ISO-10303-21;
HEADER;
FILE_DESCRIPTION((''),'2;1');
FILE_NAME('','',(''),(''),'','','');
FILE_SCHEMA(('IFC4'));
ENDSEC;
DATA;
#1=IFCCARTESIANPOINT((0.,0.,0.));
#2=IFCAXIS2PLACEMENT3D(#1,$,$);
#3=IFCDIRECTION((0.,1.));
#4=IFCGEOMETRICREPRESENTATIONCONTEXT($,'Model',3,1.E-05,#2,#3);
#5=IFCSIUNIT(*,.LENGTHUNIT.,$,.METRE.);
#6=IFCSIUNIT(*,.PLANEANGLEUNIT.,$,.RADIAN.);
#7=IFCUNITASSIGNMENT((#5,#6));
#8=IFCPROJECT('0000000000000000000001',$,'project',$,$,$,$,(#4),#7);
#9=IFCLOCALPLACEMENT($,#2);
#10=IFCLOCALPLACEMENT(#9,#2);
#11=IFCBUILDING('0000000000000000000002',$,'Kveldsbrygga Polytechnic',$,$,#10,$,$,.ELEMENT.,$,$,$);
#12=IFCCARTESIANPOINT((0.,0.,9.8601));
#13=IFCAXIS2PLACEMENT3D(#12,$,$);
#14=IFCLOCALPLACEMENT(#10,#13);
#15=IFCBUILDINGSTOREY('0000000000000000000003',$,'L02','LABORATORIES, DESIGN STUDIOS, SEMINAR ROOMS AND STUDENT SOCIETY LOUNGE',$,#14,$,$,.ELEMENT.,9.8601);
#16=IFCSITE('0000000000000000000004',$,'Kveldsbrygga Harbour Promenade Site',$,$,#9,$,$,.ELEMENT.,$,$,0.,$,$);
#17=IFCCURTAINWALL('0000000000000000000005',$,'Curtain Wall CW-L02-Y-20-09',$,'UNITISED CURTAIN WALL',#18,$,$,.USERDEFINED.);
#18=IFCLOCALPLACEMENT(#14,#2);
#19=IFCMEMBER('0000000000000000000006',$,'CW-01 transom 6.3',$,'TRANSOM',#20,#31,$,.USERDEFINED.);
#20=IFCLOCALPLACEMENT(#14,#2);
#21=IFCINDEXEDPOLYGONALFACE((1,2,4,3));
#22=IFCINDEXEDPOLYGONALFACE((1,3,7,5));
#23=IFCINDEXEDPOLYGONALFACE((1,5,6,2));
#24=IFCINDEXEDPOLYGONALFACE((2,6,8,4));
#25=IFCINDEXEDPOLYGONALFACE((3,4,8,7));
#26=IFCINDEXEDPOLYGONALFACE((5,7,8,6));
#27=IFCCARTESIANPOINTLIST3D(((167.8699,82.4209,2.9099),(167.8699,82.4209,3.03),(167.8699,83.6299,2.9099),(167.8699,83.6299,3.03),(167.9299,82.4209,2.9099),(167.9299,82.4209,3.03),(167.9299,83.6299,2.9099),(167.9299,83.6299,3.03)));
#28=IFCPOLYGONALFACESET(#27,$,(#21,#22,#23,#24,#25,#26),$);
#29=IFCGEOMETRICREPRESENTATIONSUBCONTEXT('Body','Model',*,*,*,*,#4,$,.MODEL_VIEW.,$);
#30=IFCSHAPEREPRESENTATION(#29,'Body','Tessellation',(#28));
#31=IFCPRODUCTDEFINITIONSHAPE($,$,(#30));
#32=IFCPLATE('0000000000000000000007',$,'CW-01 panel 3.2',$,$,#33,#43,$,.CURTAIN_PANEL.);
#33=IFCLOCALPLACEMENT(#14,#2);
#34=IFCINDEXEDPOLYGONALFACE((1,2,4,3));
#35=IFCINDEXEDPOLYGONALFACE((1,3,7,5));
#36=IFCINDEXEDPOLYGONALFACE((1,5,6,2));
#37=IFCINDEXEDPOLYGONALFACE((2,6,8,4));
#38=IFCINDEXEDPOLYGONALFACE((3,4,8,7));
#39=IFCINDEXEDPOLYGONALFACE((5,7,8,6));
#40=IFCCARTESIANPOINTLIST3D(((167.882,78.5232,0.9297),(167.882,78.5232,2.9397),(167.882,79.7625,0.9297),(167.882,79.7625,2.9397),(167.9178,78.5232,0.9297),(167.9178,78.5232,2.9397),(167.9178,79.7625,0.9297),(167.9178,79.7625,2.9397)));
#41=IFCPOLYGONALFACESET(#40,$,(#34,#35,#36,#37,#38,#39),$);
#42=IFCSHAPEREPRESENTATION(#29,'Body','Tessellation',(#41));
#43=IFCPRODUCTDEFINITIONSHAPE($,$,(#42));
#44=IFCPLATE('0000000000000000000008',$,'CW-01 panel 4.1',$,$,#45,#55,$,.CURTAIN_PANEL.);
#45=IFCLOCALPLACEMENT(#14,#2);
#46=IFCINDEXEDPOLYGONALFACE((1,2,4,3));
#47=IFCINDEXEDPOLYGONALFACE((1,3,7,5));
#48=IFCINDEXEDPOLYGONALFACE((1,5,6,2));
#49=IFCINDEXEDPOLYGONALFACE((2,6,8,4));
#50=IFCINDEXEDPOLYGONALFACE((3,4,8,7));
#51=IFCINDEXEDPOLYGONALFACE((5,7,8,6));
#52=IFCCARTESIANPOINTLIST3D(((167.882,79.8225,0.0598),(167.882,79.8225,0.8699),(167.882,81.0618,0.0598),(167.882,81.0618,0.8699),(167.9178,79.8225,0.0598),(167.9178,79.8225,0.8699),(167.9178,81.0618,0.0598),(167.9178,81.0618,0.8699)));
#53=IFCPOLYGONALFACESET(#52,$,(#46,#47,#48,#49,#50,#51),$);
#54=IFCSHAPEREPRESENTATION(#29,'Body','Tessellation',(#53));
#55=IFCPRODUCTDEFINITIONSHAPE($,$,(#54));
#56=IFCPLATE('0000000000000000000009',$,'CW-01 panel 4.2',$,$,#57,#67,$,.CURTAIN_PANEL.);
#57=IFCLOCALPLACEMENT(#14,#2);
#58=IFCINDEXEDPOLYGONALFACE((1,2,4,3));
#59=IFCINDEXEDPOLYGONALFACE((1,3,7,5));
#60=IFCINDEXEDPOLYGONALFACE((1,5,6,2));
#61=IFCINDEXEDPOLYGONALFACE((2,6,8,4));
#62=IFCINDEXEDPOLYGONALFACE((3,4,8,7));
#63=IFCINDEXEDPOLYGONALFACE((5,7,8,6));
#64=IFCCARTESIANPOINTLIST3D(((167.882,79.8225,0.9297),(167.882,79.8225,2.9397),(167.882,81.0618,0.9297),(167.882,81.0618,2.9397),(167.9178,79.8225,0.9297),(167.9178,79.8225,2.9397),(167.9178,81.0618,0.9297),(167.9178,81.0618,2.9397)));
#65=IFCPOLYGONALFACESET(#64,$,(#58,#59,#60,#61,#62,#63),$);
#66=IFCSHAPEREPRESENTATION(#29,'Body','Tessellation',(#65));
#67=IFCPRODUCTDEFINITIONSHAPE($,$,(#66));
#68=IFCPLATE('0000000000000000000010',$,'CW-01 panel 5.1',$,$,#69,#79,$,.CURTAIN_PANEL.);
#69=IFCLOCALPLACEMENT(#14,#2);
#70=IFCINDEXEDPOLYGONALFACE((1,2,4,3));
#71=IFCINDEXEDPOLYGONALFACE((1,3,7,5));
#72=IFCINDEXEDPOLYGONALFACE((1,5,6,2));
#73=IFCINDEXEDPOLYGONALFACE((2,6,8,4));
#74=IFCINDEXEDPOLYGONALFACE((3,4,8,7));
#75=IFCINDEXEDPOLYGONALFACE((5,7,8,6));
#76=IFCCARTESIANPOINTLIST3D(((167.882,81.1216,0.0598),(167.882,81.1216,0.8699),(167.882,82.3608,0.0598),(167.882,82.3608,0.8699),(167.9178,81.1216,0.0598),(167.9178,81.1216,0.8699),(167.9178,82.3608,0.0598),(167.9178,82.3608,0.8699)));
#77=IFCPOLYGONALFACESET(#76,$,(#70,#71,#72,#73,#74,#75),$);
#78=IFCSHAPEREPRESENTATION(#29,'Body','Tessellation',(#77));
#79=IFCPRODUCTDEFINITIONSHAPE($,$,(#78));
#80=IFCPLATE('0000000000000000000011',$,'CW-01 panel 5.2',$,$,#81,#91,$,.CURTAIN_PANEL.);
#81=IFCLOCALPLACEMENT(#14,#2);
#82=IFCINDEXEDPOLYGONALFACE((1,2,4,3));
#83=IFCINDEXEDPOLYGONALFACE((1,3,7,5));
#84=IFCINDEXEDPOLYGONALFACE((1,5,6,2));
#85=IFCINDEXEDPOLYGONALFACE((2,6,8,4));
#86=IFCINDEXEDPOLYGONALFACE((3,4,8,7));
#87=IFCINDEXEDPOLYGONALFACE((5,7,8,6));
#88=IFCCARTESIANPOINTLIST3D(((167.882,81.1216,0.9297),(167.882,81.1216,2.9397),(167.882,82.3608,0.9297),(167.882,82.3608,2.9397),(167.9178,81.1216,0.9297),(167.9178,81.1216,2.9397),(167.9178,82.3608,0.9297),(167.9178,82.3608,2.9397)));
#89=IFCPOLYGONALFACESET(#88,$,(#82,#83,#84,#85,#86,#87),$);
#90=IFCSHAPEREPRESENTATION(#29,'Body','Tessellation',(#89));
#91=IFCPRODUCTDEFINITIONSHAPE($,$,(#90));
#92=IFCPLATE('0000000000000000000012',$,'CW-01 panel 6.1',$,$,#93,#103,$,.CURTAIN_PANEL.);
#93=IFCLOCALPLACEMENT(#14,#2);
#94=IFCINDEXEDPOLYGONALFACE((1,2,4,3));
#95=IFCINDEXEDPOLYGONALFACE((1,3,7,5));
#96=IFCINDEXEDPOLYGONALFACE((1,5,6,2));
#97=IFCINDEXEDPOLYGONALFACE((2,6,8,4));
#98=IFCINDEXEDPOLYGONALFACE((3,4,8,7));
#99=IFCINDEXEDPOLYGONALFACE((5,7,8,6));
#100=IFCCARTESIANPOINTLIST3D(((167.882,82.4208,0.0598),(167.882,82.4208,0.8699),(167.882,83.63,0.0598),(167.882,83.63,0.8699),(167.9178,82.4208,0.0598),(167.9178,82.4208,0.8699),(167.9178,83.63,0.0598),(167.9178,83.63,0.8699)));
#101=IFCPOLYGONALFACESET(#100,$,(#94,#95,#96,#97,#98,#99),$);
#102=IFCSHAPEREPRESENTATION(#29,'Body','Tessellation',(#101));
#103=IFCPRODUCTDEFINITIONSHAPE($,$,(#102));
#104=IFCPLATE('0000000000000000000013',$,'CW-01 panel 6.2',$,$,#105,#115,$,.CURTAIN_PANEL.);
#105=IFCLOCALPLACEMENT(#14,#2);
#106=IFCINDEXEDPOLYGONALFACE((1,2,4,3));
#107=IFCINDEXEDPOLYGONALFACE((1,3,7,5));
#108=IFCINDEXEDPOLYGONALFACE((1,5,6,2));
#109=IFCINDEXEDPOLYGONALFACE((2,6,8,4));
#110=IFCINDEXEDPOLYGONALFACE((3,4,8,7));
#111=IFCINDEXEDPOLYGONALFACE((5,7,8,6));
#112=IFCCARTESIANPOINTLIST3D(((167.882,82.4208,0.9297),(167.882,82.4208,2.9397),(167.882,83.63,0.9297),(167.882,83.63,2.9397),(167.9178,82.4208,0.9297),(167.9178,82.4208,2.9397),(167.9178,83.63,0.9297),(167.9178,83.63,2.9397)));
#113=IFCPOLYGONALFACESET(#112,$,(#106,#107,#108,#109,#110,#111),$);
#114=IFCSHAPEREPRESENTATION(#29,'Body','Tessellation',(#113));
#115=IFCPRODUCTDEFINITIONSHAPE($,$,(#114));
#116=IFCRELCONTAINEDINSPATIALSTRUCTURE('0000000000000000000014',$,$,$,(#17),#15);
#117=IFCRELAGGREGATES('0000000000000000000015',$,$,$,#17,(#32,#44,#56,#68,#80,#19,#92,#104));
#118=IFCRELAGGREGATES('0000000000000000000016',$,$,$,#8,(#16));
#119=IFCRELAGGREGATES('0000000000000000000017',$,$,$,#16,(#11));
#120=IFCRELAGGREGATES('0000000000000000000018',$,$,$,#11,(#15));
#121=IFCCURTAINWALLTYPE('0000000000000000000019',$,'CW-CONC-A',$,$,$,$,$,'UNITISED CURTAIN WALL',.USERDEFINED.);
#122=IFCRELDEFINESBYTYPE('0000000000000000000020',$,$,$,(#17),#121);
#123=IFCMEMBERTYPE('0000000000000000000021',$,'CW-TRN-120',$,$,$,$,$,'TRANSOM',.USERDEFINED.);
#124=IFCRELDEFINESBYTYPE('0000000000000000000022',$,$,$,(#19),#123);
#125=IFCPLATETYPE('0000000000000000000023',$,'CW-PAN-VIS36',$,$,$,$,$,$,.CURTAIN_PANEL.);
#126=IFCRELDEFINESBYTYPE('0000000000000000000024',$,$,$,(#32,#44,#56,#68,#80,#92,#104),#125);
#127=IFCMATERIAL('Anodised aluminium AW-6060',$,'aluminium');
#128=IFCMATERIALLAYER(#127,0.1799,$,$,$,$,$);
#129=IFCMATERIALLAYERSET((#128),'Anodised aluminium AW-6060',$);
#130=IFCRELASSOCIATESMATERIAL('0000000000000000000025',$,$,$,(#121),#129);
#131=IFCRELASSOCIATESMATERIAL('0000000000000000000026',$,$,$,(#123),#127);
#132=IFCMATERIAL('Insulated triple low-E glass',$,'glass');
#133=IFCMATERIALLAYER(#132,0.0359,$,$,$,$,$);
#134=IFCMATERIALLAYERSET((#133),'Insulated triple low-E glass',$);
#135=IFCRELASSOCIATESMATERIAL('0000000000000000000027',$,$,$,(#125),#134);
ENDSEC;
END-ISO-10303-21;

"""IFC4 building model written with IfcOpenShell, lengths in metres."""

from ifc_helpers import new_model, si_unit, direction, frame, origin, origin_2d, place, context, subcontext, project, spatial, rectangle, extrude, material, layer, layer_set, material_profile, profile_set, type_object, element, aggregate, save


model = new_model("IFC4")

# Units and contexts
model_context = context("Model", 3, precision=1e-05, world=origin(), true_north=direction((0.0, 1.0)))
body_context = subcontext(model_context, "Body", "Model", "MODEL_VIEW")
ifc_project = project(units=[si_unit("LENGTHUNIT", "METRE"), si_unit("PLANEANGLEUNIT", "RADIAN")], contexts=[model_context])

# Site, building, storey
site_placement = place(None, origin())
site = spatial("IfcSite", under=ifc_project, at=site_placement, Name="Kveldsbrygga Harbour Promenade Site", CompositionType="ELEMENT", RefElevation=0.0)
building_placement = place(site_placement, origin())
building = spatial("IfcBuilding", under=site, at=building_placement, Name="Kveldsbrygga Polytechnic", CompositionType="ELEMENT")
storey_placement = place(building_placement, frame((0.0, 0.0, 9.8601)))
storey = spatial("IfcBuildingStorey", under=building, at=storey_placement, Name="L02", Description="LABORATORIES, DESIGN STUDIOS, SEMINAR ROOMS AND STUDENT SOCIETY LOUNGE", CompositionType="ELEMENT", Elevation=9.8601)

# Curtain wall, member, plates
ifc_material_1 = material(Name="Anodised aluminium AW-6060", Category="aluminium")
ifc_layer_1 = layer(ifc_material_1, 0.1799)
ifc_layer_set_1 = layer_set([ifc_layer_1], Name="Anodised aluminium AW-6060")
curtain_wall_type = type_object("IfcCurtainWallType", Name="CW-CONC-A", ElementType="UNITISED CURTAIN WALL", PredefinedType="USERDEFINED", material=ifc_layer_set_1)
curtain_wall_placement = place(storey_placement, origin())
curtain_wall = element("IfcCurtainWall", 1, at=curtain_wall_placement, inside=storey, type_object=curtain_wall_type, Name="Curtain Wall CW-L02-Y-20-09", ObjectType="UNITISED CURTAIN WALL", PredefinedType="USERDEFINED")
ifc_material_profile_1 = material_profile(ifc_material_1, rectangle(XDim=0.0601, YDim=0.1201, at=origin_2d()), Name="ALU 60x120")
ifc_profile_set_1 = profile_set([ifc_material_profile_1], Name="Anodised aluminium AW-6060")
member_type_1 = type_object("IfcMemberType", Name="CW-TRN-120", ElementType="TRANSOM", PredefinedType="USERDEFINED", material=ifc_profile_set_1)
member_1_placement = place(storey_placement, frame((167.8999, 82.4209, 2.97), z_axis=(0.0, 1.0, 0.0), x_axis=(-1.0, 0.0, 0.0)))
member_1 = element("IfcMember", 2, at=member_1_placement, type_object=member_type_1, Name="CW-01 transom 6.3", ObjectType="TRANSOM", PredefinedType="USERDEFINED", context=body_context, shape_type="SweptSolid", body=[
    extrude(rectangle(XDim=0.0601, YDim=0.1201, at=origin_2d()), origin(), (0.0, 0.0, 1.0), 1.209),
])
ifc_material_2 = material(Name="Insulated triple low-E glass", Category="glass")
ifc_layer_2 = layer(ifc_material_2, 0.0359)
ifc_layer_set_2 = layer_set([ifc_layer_2], Name="Insulated triple low-E glass")
plate_type = type_object("IfcPlateType", Name="CW-PAN-VIS36", PredefinedType="CURTAIN_PANEL", material=ifc_layer_set_2)
plate_1_placement = place(storey_placement, frame((167.8999, 79.1428, 0.9297), z_axis=(0.0, 0.0, 1.0), x_axis=(0.0, 1.0, 0.0)))
plate_1 = element("IfcPlate", 3, at=plate_1_placement, type_object=plate_type, Name="CW-01 panel 3.2", PredefinedType="CURTAIN_PANEL", context=body_context, shape_type="SweptSolid", body=[
    extrude(rectangle(XDim=1.2393, YDim=0.0359, at=origin_2d()), origin(), (0.0, 0.0, 1.0), 2.01),
])
plate_2_placement = place(storey_placement, frame((167.8999, 80.4421, 0.0598), z_axis=(0.0, 0.0, 1.0), x_axis=(0.0, 1.0, 0.0)))
plate_2 = element("IfcPlate", 4, at=plate_2_placement, type_object=plate_type, Name="CW-01 panel 4.1", PredefinedType="CURTAIN_PANEL", context=body_context, shape_type="SweptSolid", body=[
    extrude(rectangle(XDim=1.2393, YDim=0.0359, at=origin_2d()), origin(), (0.0, 0.0, 1.0), 0.8101),
])
plate_3_placement = place(storey_placement, frame((167.8999, 80.4421, 0.9297), z_axis=(0.0, 0.0, 1.0), x_axis=(0.0, 1.0, 0.0)))
plate_3 = element("IfcPlate", 5, at=plate_3_placement, type_object=plate_type, Name="CW-01 panel 4.2", PredefinedType="CURTAIN_PANEL", context=body_context, shape_type="SweptSolid", body=[
    extrude(rectangle(XDim=1.2393, YDim=0.0359, at=origin_2d()), origin(), (0.0, 0.0, 1.0), 2.01),
])
plate_4_placement = place(storey_placement, frame((167.8999, 81.7412, 0.0598), z_axis=(0.0, 0.0, 1.0), x_axis=(0.0, 1.0, 0.0)))
plate_4 = element("IfcPlate", 6, at=plate_4_placement, type_object=plate_type, Name="CW-01 panel 5.1", PredefinedType="CURTAIN_PANEL", context=body_context, shape_type="SweptSolid", body=[
    extrude(rectangle(XDim=1.2393, YDim=0.0359, at=origin_2d()), origin(), (0.0, 0.0, 1.0), 0.8101),
])
plate_5_placement = place(storey_placement, frame((167.8999, 81.7412, 0.9297), z_axis=(0.0, 0.0, 1.0), x_axis=(0.0, 1.0, 0.0)))
plate_5 = element("IfcPlate", 7, at=plate_5_placement, type_object=plate_type, Name="CW-01 panel 5.2", PredefinedType="CURTAIN_PANEL", context=body_context, shape_type="SweptSolid", body=[
    extrude(rectangle(XDim=1.2393, YDim=0.0359, at=origin_2d()), origin(), (0.0, 0.0, 1.0), 2.01),
])
plate_6_placement = place(storey_placement, frame((167.8999, 83.0254, 0.0598), z_axis=(0.0, 0.0, 1.0), x_axis=(0.0, 1.0, 0.0)))
plate_6 = element("IfcPlate", 8, at=plate_6_placement, type_object=plate_type, Name="CW-01 panel 6.1", PredefinedType="CURTAIN_PANEL", context=body_context, shape_type="SweptSolid", body=[
    extrude(rectangle(XDim=1.2092, YDim=0.0359, at=origin_2d()), origin(), (0.0, 0.0, 1.0), 0.8101),
])
plate_7_placement = place(storey_placement, frame((167.8999, 83.0254, 0.9297), z_axis=(0.0, 0.0, 1.0), x_axis=(0.0, 1.0, 0.0)))
plate_7 = element("IfcPlate", 9, at=plate_7_placement, type_object=plate_type, Name="CW-01 panel 6.2", PredefinedType="CURTAIN_PANEL", context=body_context, shape_type="SweptSolid", body=[
    extrude(rectangle(XDim=1.2092, YDim=0.0359, at=origin_2d()), origin(), (0.0, 0.0, 1.0), 2.01),
])
aggregate(curtain_wall, [plate_1, plate_2, plate_3, plate_4, plate_5, member_1, plate_6, plate_7])

save(model, "model.ifc")
